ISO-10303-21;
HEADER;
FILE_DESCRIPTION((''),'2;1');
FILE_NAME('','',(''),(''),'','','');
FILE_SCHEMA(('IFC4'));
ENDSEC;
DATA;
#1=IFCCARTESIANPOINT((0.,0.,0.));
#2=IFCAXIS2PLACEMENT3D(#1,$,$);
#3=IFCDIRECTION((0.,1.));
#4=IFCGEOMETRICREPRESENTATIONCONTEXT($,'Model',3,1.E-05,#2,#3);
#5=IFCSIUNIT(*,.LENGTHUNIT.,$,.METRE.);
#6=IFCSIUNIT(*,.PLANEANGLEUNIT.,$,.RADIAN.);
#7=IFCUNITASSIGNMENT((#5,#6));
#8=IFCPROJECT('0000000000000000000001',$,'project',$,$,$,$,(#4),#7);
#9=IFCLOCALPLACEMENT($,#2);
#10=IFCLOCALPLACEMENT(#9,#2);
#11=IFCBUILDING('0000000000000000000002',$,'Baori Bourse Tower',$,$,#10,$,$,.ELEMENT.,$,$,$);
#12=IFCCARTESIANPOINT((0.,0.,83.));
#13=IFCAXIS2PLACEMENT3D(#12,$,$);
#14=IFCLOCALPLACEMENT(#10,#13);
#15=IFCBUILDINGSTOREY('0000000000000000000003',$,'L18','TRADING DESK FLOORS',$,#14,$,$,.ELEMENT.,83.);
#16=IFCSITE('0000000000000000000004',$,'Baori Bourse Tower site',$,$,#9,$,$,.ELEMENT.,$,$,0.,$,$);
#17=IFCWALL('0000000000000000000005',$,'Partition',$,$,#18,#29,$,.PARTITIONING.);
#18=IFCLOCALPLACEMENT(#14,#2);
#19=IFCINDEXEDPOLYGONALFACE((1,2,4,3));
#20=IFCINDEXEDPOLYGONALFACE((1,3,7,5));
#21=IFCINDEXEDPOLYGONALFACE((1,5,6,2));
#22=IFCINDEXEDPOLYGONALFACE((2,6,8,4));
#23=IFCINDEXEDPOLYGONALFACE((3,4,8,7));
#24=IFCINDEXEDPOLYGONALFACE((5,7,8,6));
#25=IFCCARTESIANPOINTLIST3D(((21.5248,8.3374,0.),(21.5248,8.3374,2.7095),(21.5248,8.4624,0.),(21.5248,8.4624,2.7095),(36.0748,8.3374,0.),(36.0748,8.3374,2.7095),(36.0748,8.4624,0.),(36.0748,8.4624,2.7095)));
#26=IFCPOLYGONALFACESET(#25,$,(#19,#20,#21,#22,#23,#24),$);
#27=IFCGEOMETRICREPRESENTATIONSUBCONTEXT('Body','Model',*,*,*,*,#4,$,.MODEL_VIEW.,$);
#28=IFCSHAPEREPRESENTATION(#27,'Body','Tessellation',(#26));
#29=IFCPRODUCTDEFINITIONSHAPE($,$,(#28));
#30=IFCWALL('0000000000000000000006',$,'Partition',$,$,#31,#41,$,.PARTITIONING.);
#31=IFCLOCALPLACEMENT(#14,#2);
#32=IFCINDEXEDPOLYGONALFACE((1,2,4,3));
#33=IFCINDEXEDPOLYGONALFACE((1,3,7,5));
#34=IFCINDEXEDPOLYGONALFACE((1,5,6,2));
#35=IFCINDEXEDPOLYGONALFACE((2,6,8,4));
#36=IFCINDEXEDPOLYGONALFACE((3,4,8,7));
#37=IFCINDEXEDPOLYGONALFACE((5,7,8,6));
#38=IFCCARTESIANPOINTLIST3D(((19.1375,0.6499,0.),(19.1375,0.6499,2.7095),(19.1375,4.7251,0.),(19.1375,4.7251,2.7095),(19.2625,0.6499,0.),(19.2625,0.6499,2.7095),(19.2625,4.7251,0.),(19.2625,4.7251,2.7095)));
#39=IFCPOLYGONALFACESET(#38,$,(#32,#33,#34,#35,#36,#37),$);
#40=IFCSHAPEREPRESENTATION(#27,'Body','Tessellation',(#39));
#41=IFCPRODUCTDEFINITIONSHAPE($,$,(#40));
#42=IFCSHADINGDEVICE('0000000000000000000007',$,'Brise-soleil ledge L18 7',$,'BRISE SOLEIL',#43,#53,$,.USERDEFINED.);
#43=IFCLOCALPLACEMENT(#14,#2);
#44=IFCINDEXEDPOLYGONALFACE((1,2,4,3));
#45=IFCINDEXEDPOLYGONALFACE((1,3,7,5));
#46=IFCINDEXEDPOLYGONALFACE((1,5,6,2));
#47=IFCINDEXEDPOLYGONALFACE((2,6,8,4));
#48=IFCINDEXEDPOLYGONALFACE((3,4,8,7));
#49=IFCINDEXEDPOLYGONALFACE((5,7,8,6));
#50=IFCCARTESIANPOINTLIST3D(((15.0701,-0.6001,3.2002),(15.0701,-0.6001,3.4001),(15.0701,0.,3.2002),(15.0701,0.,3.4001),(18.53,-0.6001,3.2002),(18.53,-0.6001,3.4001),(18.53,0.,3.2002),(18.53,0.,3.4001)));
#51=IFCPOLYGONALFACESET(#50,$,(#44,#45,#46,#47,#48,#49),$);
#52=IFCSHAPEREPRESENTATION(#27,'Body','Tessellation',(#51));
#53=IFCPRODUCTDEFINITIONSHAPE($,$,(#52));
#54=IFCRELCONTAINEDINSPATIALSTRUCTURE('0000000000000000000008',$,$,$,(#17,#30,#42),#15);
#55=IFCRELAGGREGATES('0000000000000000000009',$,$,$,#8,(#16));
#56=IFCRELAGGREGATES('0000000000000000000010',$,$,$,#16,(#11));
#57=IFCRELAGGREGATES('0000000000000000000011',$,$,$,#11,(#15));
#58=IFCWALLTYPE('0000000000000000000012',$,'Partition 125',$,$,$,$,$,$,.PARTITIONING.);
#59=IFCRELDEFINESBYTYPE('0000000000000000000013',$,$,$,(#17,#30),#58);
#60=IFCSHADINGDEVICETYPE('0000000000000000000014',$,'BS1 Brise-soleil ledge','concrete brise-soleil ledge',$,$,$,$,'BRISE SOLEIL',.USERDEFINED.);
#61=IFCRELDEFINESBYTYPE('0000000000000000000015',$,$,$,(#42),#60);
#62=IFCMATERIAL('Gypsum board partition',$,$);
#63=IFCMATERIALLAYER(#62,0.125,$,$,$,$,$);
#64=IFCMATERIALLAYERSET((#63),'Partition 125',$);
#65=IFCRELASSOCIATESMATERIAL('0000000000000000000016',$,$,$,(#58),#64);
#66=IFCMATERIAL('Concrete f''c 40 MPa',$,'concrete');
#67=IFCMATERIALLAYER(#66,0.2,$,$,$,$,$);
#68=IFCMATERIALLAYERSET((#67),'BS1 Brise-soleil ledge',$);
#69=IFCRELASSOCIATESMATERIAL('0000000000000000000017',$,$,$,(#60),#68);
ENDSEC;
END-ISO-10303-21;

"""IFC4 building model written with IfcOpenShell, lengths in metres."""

from ifc_helpers import new_model, si_unit, direction, frame, frame_2d, origin, origin_2d, place, context, subcontext, project, spatial, rectangle, extrude, material, layer, layer_set, type_object, element, save


model = new_model("IFC4")

# Units and contexts
model_context = context("Model", 3, precision=1e-05, world=origin(), true_north=direction((0.0, 1.0)))
body_context = subcontext(model_context, "Body", "Model", "MODEL_VIEW")
ifc_project = project(units=[si_unit("LENGTHUNIT", "METRE"), si_unit("PLANEANGLEUNIT", "RADIAN")], contexts=[model_context])

# Site, building, storey
site_placement = place(None, origin())
site = spatial("IfcSite", under=ifc_project, at=site_placement, Name="Baori Bourse Tower site", CompositionType="ELEMENT", RefElevation=0.0)
building_placement = place(site_placement, origin())
building = spatial("IfcBuilding", under=site, at=building_placement, Name="Baori Bourse Tower", CompositionType="ELEMENT")
storey_placement = place(building_placement, frame((0.0, 0.0, 83.0)))
storey = spatial("IfcBuildingStorey", under=building, at=storey_placement, Name="L18", Description="TRADING DESK FLOORS", CompositionType="ELEMENT", Elevation=83.0)

# Walls
ifc_material_1 = material(Name="Gypsum board partition")
ifc_layer_1 = layer(ifc_material_1, 0.125)
ifc_layer_set_1 = layer_set([ifc_layer_1], Name="Partition 125")
wall_type_1 = type_object("IfcWallType", Name="Partition 125", PredefinedType="PARTITIONING", material=ifc_layer_set_1)
wall_1_placement = place(storey_placement, frame((21.5249, 8.3999, 0.0), z_axis=(0.0, 0.0, 1.0), x_axis=(1.0, 0.0, 0.0)))
element("IfcWall", 1, at=wall_1_placement, inside=storey, type_object=wall_type_1, Name="Partition", PredefinedType="PARTITIONING", context=body_context, shape_type="SweptSolid", body=[
    extrude(rectangle(XDim=14.55, YDim=0.125, at=frame_2d((7.2749, 0.0))), origin(), (0.0, 0.0, 1.0), 2.7095),
])
wall_2_placement = place(storey_placement, frame((19.2, 0.6499, 0.0), z_axis=(0.0, 0.0, 1.0), x_axis=(0.0, 1.0, 0.0)))
element("IfcWall", 2, at=wall_2_placement, inside=storey, type_object=wall_type_1, Name="Partition", PredefinedType="PARTITIONING", context=body_context, shape_type="SweptSolid", body=[
    extrude(rectangle(XDim=4.0752, YDim=0.125, at=frame_2d((2.0376, 0.0))), origin(), (0.0, 0.0, 1.0), 2.7095),
])

# Shading device
ifc_material_2 = material(Name="Concrete f'c 40 MPa", Category="concrete")
ifc_layer_2 = layer(ifc_material_2, 0.2)
ifc_layer_set_2 = layer_set([ifc_layer_2], Name="BS1 Brise-soleil ledge")
shading_device_type = type_object("IfcShadingDeviceType", Name="BS1 Brise-soleil ledge", Description="concrete brise-soleil ledge", ElementType="BRISE SOLEIL", PredefinedType="USERDEFINED", material=ifc_layer_set_2)
shading_device_placement = place(storey_placement, frame((16.8, -0.3, 3.2002), z_axis=(0.0, 0.0, 1.0), x_axis=(1.0, 0.0, 0.0)))
element("IfcShadingDevice", 3, at=shading_device_placement, inside=storey, type_object=shading_device_type, Name="Brise-soleil ledge L18 7", ObjectType="BRISE SOLEIL", PredefinedType="USERDEFINED", context=body_context, shape_type="SweptSolid", body=[
    extrude(rectangle(XDim=3.46, YDim=0.6001, at=origin_2d()), origin(), (0.0, 0.0, 1.0), 0.2),
])

save(model, "model.ifc")
